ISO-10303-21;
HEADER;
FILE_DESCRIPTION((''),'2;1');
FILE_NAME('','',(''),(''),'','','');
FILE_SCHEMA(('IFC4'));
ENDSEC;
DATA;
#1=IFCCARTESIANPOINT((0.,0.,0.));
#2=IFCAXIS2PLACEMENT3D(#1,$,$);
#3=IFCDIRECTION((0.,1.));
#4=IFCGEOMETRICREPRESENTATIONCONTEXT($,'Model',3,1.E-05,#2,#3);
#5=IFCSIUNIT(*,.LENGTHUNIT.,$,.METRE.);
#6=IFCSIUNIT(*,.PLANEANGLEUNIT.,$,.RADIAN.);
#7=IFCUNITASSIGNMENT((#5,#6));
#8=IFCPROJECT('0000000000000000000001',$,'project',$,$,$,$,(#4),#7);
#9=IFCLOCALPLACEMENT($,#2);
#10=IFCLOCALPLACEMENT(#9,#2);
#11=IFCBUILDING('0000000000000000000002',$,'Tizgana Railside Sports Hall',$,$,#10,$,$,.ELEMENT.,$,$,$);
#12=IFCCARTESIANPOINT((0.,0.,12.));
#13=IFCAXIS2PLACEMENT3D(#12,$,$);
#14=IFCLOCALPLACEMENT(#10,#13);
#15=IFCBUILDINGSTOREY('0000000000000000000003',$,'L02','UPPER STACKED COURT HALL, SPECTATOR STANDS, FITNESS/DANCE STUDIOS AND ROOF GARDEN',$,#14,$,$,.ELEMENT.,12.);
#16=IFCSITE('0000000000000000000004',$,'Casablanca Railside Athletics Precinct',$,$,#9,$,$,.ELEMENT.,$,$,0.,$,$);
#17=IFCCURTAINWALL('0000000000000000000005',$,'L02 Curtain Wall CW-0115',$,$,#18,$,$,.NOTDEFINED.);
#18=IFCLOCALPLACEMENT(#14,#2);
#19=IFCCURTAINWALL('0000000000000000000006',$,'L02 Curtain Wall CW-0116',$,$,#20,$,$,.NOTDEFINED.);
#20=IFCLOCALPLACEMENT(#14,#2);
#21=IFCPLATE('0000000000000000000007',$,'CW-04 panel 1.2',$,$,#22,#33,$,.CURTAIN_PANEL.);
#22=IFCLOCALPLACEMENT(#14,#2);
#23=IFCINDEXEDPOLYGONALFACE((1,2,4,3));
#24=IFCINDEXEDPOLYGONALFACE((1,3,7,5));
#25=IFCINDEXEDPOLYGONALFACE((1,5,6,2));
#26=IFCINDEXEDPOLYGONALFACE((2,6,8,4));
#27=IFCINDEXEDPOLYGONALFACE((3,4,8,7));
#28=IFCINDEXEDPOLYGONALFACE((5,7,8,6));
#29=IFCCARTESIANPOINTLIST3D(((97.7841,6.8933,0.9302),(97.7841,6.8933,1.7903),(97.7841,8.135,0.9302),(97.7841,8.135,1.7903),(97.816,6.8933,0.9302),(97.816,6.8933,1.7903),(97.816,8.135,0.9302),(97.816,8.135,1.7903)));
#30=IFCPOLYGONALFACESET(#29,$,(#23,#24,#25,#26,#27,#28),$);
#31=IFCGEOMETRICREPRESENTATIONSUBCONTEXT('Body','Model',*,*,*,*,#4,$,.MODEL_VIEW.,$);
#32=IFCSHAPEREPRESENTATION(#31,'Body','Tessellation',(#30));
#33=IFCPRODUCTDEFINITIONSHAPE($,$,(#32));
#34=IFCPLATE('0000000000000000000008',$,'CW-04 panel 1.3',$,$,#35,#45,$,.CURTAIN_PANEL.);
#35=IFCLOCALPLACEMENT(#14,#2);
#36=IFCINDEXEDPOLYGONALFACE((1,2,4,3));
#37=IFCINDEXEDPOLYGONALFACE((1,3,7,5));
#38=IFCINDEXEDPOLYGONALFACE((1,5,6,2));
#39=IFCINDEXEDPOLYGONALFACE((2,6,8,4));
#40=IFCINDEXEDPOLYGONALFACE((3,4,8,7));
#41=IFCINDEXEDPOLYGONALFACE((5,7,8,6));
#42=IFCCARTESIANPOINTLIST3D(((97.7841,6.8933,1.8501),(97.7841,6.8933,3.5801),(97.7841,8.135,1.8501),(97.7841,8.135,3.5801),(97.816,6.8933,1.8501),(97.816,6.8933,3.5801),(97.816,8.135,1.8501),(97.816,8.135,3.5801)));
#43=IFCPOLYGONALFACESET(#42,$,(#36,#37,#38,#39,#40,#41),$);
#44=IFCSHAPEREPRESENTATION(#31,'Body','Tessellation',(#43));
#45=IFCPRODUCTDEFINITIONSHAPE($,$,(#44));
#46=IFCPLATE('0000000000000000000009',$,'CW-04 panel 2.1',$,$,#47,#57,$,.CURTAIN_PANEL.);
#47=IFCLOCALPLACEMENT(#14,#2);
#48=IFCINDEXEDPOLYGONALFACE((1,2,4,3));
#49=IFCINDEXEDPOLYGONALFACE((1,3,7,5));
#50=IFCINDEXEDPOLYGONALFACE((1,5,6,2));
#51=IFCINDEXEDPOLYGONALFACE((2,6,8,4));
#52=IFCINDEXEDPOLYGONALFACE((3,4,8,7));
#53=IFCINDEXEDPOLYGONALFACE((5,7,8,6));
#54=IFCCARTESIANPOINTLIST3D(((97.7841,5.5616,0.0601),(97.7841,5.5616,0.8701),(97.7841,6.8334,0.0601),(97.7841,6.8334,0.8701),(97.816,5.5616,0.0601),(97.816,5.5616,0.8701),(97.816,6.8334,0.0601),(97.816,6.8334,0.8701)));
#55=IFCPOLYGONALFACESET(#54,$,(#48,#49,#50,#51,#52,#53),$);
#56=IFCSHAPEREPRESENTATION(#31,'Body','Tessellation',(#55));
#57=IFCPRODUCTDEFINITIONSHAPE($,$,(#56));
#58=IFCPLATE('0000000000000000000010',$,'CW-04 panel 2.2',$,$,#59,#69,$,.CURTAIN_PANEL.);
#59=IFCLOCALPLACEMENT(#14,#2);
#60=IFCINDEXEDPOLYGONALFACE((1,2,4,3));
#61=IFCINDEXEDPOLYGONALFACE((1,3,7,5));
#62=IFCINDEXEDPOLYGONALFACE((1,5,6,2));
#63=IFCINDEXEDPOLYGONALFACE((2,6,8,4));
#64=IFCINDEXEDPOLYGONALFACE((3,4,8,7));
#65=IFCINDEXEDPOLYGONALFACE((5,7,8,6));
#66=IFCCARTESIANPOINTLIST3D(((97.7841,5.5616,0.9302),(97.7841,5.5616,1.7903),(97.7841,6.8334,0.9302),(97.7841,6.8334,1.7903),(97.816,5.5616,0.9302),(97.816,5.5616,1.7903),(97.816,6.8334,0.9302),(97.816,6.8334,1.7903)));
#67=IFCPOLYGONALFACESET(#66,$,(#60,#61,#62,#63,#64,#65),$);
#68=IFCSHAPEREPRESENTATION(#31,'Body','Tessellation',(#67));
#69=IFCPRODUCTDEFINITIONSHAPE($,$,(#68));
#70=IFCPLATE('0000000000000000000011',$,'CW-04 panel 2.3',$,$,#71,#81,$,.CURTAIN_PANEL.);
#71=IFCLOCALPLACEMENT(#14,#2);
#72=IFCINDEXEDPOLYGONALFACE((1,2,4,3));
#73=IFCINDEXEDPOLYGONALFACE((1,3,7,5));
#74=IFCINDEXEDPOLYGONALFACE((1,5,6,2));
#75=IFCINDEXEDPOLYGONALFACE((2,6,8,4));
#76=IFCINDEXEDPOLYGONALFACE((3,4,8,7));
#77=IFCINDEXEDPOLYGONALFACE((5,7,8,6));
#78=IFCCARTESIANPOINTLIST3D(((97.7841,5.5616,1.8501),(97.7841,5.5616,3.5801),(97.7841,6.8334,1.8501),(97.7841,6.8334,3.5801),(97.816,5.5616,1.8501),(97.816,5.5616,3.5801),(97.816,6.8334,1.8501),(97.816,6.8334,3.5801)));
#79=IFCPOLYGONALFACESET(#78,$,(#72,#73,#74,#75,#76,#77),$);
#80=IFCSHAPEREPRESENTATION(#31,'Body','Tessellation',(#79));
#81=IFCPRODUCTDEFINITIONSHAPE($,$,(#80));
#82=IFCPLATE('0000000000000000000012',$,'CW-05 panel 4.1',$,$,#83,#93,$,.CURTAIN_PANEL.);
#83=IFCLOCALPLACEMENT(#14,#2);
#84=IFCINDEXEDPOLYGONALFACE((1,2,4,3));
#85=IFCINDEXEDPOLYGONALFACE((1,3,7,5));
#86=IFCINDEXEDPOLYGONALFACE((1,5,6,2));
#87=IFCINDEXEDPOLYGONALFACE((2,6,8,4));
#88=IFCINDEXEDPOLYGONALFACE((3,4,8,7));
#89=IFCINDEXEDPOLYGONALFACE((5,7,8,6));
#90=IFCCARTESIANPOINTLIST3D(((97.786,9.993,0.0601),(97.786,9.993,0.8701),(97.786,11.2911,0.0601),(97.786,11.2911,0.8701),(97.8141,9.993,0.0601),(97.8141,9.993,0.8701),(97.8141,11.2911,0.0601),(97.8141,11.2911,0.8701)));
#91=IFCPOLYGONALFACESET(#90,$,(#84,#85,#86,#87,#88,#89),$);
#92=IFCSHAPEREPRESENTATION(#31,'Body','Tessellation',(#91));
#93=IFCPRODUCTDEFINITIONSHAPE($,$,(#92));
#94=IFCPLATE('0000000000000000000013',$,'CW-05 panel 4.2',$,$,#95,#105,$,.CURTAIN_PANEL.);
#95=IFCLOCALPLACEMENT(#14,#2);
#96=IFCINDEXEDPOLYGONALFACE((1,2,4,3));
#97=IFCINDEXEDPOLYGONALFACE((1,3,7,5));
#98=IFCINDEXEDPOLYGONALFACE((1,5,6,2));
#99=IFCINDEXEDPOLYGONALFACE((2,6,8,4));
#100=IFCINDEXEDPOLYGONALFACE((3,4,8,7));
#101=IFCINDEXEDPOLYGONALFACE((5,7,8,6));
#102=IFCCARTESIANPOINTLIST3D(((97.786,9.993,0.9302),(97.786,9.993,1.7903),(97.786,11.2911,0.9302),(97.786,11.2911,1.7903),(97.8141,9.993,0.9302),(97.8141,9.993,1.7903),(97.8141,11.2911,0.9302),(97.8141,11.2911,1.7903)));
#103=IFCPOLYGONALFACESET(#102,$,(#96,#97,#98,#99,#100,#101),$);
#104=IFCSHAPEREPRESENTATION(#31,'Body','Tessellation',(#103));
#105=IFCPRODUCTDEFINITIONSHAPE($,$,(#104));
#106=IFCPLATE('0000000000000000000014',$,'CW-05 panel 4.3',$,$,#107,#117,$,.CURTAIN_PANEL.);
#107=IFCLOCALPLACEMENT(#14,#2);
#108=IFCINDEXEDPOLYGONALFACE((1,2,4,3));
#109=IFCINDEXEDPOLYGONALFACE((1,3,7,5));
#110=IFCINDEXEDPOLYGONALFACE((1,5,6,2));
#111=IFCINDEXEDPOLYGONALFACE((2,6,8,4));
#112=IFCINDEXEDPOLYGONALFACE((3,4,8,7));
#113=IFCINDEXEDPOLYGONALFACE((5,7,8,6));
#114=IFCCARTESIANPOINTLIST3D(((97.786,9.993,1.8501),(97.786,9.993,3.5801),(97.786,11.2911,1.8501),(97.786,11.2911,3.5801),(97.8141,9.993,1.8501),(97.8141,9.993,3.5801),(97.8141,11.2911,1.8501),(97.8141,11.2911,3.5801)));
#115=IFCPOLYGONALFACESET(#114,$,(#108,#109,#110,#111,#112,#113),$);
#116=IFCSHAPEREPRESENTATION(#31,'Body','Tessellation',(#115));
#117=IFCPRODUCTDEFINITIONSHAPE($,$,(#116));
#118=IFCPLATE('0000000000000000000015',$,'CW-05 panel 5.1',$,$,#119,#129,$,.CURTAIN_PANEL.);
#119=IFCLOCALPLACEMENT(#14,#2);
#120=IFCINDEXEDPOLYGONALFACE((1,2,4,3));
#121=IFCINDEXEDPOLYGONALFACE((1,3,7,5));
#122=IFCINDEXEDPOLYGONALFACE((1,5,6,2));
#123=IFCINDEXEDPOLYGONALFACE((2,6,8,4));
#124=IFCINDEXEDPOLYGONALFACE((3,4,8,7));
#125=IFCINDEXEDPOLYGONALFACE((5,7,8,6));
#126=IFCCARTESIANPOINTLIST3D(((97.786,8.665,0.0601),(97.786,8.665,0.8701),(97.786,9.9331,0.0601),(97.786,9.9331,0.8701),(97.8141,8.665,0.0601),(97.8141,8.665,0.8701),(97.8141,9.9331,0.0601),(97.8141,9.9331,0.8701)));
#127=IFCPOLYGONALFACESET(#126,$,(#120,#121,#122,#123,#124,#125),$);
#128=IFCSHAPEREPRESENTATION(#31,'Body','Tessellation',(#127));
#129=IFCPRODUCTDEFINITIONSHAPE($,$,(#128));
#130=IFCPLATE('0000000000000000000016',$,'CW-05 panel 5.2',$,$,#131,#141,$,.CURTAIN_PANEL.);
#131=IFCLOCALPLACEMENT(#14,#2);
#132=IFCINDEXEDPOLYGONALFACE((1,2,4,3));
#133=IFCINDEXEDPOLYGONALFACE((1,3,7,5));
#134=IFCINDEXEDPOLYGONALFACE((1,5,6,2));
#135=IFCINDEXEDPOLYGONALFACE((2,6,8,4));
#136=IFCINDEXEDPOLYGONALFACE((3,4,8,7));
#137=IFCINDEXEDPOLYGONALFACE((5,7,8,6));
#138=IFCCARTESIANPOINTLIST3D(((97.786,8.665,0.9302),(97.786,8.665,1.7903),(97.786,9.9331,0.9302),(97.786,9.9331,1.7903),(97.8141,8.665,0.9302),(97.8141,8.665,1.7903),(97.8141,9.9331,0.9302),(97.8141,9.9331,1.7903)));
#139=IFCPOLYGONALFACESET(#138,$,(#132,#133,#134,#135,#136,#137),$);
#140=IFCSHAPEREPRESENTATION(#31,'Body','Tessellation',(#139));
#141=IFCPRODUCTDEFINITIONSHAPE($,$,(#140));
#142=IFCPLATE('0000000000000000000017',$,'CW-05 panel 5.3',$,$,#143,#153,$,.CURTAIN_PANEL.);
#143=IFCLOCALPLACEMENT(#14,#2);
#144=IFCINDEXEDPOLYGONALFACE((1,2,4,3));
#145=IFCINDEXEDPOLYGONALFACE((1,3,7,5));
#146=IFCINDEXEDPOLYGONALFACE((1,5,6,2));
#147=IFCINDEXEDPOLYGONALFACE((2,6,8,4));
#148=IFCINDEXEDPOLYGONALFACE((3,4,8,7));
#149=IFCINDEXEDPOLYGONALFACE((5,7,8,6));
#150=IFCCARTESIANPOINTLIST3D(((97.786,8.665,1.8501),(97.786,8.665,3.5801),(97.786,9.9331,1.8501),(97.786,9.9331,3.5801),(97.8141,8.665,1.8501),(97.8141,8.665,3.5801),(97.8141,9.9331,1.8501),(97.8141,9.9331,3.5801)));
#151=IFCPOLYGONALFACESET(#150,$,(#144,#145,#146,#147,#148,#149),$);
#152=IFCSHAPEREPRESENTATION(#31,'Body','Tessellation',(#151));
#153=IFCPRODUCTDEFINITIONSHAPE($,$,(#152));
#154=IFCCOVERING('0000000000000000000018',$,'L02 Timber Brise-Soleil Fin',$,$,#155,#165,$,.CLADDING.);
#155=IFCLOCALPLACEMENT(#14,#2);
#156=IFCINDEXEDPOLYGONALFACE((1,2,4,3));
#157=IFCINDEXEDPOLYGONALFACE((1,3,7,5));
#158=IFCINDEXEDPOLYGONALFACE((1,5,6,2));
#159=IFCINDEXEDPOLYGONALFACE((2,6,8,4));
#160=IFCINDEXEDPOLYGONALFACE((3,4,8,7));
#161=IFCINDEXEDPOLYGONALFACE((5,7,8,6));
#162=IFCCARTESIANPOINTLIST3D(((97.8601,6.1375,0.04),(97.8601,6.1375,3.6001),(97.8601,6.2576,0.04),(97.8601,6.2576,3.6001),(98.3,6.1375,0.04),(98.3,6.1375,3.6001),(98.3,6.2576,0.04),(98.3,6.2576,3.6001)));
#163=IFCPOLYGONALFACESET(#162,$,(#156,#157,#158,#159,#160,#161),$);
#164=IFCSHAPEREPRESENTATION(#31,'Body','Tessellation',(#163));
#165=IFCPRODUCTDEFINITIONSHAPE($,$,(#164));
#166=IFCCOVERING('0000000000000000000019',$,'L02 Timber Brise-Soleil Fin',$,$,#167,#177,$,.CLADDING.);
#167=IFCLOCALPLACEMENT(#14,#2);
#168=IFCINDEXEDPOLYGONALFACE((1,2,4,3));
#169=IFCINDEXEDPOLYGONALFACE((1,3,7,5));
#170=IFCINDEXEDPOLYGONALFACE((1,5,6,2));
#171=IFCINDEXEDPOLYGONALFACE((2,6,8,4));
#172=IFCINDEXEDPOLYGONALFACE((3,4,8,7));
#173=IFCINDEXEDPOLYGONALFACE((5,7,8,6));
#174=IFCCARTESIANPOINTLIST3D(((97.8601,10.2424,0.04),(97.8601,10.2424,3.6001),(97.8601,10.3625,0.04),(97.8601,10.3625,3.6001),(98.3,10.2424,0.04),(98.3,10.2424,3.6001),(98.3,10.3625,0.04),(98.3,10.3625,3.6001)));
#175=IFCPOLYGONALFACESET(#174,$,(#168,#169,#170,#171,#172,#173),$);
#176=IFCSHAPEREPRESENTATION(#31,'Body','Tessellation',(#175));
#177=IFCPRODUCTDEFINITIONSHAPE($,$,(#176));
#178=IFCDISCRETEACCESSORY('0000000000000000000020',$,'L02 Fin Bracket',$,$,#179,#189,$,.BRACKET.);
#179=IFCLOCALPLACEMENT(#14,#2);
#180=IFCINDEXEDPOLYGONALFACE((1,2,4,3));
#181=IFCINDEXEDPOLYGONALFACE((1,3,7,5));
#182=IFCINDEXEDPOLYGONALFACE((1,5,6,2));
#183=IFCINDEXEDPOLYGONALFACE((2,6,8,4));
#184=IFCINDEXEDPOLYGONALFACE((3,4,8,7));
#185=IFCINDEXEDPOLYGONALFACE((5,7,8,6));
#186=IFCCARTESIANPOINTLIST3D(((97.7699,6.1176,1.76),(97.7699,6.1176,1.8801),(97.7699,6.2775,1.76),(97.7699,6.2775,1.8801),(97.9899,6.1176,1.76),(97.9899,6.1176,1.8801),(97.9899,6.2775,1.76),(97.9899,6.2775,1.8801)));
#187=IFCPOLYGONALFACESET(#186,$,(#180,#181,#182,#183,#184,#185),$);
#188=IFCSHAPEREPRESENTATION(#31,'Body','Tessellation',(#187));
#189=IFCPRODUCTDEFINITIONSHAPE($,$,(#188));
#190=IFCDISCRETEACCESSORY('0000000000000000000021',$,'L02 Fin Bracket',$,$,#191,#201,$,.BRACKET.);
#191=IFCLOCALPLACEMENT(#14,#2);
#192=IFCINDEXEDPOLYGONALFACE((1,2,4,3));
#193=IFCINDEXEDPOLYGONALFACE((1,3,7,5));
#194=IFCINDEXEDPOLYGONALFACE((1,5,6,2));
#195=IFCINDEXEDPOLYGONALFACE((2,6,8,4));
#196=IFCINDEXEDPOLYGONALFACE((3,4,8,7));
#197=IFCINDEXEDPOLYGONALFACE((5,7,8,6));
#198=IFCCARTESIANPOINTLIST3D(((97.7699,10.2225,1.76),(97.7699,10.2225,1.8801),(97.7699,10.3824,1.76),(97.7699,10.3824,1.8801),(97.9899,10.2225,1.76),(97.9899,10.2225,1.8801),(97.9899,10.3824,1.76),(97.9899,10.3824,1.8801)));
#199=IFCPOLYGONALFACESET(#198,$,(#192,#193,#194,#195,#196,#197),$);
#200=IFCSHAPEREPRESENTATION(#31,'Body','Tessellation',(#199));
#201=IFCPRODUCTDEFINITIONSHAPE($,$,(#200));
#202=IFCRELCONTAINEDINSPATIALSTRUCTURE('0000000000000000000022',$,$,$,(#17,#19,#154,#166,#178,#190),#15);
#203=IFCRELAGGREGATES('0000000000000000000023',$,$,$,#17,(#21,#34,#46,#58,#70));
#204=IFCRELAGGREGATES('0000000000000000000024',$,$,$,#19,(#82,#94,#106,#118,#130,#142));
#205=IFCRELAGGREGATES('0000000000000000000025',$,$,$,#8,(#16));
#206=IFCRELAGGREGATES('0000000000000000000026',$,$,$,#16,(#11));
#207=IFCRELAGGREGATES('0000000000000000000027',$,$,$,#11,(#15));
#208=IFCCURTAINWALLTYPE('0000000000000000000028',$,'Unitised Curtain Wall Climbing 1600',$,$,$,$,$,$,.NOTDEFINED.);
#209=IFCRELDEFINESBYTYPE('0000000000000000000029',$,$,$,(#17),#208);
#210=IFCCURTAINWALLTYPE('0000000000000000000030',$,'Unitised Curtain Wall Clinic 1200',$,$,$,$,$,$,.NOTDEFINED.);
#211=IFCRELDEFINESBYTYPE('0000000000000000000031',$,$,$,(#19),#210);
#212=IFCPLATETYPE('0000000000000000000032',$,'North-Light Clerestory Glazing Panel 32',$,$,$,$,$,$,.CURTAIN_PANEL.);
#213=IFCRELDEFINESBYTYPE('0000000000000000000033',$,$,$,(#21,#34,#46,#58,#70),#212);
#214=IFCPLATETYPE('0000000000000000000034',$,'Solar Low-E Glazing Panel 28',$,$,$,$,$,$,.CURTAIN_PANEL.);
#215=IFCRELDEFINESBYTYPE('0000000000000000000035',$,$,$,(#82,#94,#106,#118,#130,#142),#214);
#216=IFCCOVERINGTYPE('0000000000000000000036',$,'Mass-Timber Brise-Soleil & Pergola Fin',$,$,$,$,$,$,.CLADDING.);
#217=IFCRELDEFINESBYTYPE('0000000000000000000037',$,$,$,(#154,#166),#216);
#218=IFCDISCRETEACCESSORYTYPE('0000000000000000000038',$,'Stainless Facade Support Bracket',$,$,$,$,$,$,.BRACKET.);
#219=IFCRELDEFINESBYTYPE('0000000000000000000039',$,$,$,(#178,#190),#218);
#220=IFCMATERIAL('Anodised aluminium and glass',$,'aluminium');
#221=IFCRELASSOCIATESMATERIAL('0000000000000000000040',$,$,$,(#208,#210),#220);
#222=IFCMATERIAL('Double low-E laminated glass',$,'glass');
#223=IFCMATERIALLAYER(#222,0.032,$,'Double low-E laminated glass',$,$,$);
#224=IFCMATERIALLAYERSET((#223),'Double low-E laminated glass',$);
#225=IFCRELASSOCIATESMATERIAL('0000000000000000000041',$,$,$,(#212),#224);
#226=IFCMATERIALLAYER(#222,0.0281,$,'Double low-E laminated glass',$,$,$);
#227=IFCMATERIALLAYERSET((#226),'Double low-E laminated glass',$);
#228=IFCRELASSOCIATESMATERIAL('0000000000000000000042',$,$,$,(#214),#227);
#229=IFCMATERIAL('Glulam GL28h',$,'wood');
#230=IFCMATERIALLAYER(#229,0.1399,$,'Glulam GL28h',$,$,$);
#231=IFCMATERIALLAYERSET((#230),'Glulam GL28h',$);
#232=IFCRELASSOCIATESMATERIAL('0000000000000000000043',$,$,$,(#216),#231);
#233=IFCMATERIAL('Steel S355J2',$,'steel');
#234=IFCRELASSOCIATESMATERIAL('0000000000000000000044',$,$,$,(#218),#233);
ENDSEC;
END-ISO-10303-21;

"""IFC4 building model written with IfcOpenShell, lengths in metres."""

from ifc_helpers import new_model, si_unit, direction, frame, origin, origin_2d, place, context, subcontext, project, spatial, rectangle, extrude, material, layer, layer_set, type_object, element, aggregate, save


model = new_model("IFC4")

# Units and contexts
model_context = context("Model", 3, precision=1e-05, world=origin(), true_north=direction((0.0, 1.0)))
body_context = subcontext(model_context, "Body", "Model", "MODEL_VIEW")
ifc_project = project(units=[si_unit("LENGTHUNIT", "METRE"), si_unit("PLANEANGLEUNIT", "RADIAN")], contexts=[model_context])

# Site, building, storey
site_placement = place(None, origin())
site = spatial("IfcSite", under=ifc_project, at=site_placement, Name="Casablanca Railside Athletics Precinct", CompositionType="ELEMENT", RefElevation=0.0)
building_placement = place(site_placement, origin())
building = spatial("IfcBuilding", under=site, at=building_placement, Name="Tizgana Railside Sports Hall", CompositionType="ELEMENT")
storey_placement = place(building_placement, frame((0.0, 0.0, 12.0)))
storey = spatial("IfcBuildingStorey", under=building, at=storey_placement, Name="L02", Description="UPPER STACKED COURT HALL, SPECTATOR STANDS, FITNESS/DANCE STUDIOS AND ROOF GARDEN", CompositionType="ELEMENT", Elevation=12.0)

# Shared definitions
ifc_material_1 = material(Name="Steel S355J2", Category="steel")

# Curtain walls
ifc_material_2 = material(Name="Anodised aluminium and glass", Category="aluminium")
curtain_wall_type_1 = type_object("IfcCurtainWallType", Name="Unitised Curtain Wall Climbing 1600", PredefinedType="NOTDEFINED", material=ifc_material_2)
curtain_wall_1_placement = place(storey_placement, origin())
curtain_wall_1 = element("IfcCurtainWall", 1, at=curtain_wall_1_placement, inside=storey, type_object=curtain_wall_type_1, Name="L02 Curtain Wall CW-0115", PredefinedType="NOTDEFINED")
curtain_wall_type_2 = type_object("IfcCurtainWallType", Name="Unitised Curtain Wall Clinic 1200", PredefinedType="NOTDEFINED", material=ifc_material_2)
curtain_wall_2_placement = place(storey_placement, origin())
curtain_wall_2 = element("IfcCurtainWall", 2, at=curtain_wall_2_placement, inside=storey, type_object=curtain_wall_type_2, Name="L02 Curtain Wall CW-0116", PredefinedType="NOTDEFINED")

# Plates
ifc_material_3 = material(Name="Double low-E laminated glass", Category="glass")
ifc_layer_1 = layer(ifc_material_3, 0.032, Name="Double low-E laminated glass")
ifc_layer_set_1 = layer_set([ifc_layer_1], Name="Double low-E laminated glass")
plate_type_1 = type_object("IfcPlateType", Name="North-Light Clerestory Glazing Panel 32", PredefinedType="CURTAIN_PANEL", material=ifc_layer_set_1)
plate_1_placement = place(storey_placement, frame((97.8, 7.5142, 0.9302), z_axis=(0.0, 0.0, 1.0), x_axis=(0.0, -1.0, 0.0)))
plate_1 = element("IfcPlate", 3, at=plate_1_placement, type_object=plate_type_1, Name="CW-04 panel 1.2", PredefinedType="CURTAIN_PANEL", context=body_context, shape_type="SweptSolid", body=[
    extrude(rectangle(XDim=1.2417, YDim=0.032, at=origin_2d()), origin(), (0.0, 0.0, 1.0), 0.8601),
])
plate_2_placement = place(storey_placement, frame((97.8, 7.5142, 1.8501), z_axis=(0.0, 0.0, 1.0), x_axis=(0.0, -1.0, 0.0)))
plate_2 = element("IfcPlate", 4, at=plate_2_placement, type_object=plate_type_1, Name="CW-04 panel 1.3", PredefinedType="CURTAIN_PANEL", context=body_context, shape_type="SweptSolid", body=[
    extrude(rectangle(XDim=1.2417, YDim=0.032, at=origin_2d()), origin(), (0.0, 0.0, 1.0), 1.73),
])
plate_3_placement = place(storey_placement, frame((97.8, 6.1975, 0.0601), z_axis=(0.0, 0.0, 1.0), x_axis=(0.0, -1.0, 0.0)))
plate_3 = element("IfcPlate", 5, at=plate_3_placement, type_object=plate_type_1, Name="CW-04 panel 2.1", PredefinedType="CURTAIN_PANEL", context=body_context, shape_type="SweptSolid", body=[
    extrude(rectangle(XDim=1.2717, YDim=0.032, at=origin_2d()), origin(), (0.0, 0.0, 1.0), 0.8101),
])
plate_4_placement = place(storey_placement, frame((97.8, 6.1975, 0.9302), z_axis=(0.0, 0.0, 1.0), x_axis=(0.0, -1.0, 0.0)))
plate_4 = element("IfcPlate", 6, at=plate_4_placement, type_object=plate_type_1, Name="CW-04 panel 2.2", PredefinedType="CURTAIN_PANEL", context=body_context, shape_type="SweptSolid", body=[
    extrude(rectangle(XDim=1.2717, YDim=0.032, at=origin_2d()), origin(), (0.0, 0.0, 1.0), 0.8601),
])
plate_5_placement = place(storey_placement, frame((97.8, 6.1975, 1.8501), z_axis=(0.0, 0.0, 1.0), x_axis=(0.0, -1.0, 0.0)))
plate_5 = element("IfcPlate", 7, at=plate_5_placement, type_object=plate_type_1, Name="CW-04 panel 2.3", PredefinedType="CURTAIN_PANEL", context=body_context, shape_type="SweptSolid", body=[
    extrude(rectangle(XDim=1.2717, YDim=0.032, at=origin_2d()), origin(), (0.0, 0.0, 1.0), 1.73),
])
aggregate(curtain_wall_1, [plate_1, plate_2, plate_3, plate_4, plate_5])
ifc_layer_2 = layer(ifc_material_3, 0.0281, Name="Double low-E laminated glass")
ifc_layer_set_2 = layer_set([ifc_layer_2], Name="Double low-E laminated glass")
plate_type_2 = type_object("IfcPlateType", Name="Solar Low-E Glazing Panel 28", PredefinedType="CURTAIN_PANEL", material=ifc_layer_set_2)
plate_6_placement = place(storey_placement, frame((97.8, 10.6421, 0.0601), z_axis=(0.0, 0.0, 1.0), x_axis=(0.0, -1.0, 0.0)))
plate_6 = element("IfcPlate", 8, at=plate_6_placement, type_object=plate_type_2, Name="CW-05 panel 4.1", PredefinedType="CURTAIN_PANEL", context=body_context, shape_type="SweptSolid", body=[
    extrude(rectangle(XDim=1.2981, YDim=0.0281, at=origin_2d()), origin(), (0.0, 0.0, 1.0), 0.8101),
])
plate_7_placement = place(storey_placement, frame((97.8, 10.6421, 0.9302), z_axis=(0.0, 0.0, 1.0), x_axis=(0.0, -1.0, 0.0)))
plate_7 = element("IfcPlate", 9, at=plate_7_placement, type_object=plate_type_2, Name="CW-05 panel 4.2", PredefinedType="CURTAIN_PANEL", context=body_context, shape_type="SweptSolid", body=[
    extrude(rectangle(XDim=1.2981, YDim=0.0281, at=origin_2d()), origin(), (0.0, 0.0, 1.0), 0.8601),
])
plate_8_placement = place(storey_placement, frame((97.8, 10.6421, 1.8501), z_axis=(0.0, 0.0, 1.0), x_axis=(0.0, -1.0, 0.0)))
plate_8 = element("IfcPlate", 10, at=plate_8_placement, type_object=plate_type_2, Name="CW-05 panel 4.3", PredefinedType="CURTAIN_PANEL", context=body_context, shape_type="SweptSolid", body=[
    extrude(rectangle(XDim=1.2981, YDim=0.0281, at=origin_2d()), origin(), (0.0, 0.0, 1.0), 1.73),
])
plate_9_placement = place(storey_placement, frame((97.8, 9.2991, 0.0601), z_axis=(0.0, 0.0, 1.0), x_axis=(0.0, -1.0, 0.0)))
plate_9 = element("IfcPlate", 11, at=plate_9_placement, type_object=plate_type_2, Name="CW-05 panel 5.1", PredefinedType="CURTAIN_PANEL", context=body_context, shape_type="SweptSolid", body=[
    extrude(rectangle(XDim=1.2681, YDim=0.0281, at=origin_2d()), origin(), (0.0, 0.0, 1.0), 0.8101),
])
plate_10_placement = place(storey_placement, frame((97.8, 9.2991, 0.9302), z_axis=(0.0, 0.0, 1.0), x_axis=(0.0, -1.0, 0.0)))
plate_10 = element("IfcPlate", 12, at=plate_10_placement, type_object=plate_type_2, Name="CW-05 panel 5.2", PredefinedType="CURTAIN_PANEL", context=body_context, shape_type="SweptSolid", body=[
    extrude(rectangle(XDim=1.2681, YDim=0.0281, at=origin_2d()), origin(), (0.0, 0.0, 1.0), 0.8601),
])
plate_11_placement = place(storey_placement, frame((97.8, 9.2991, 1.8501), z_axis=(0.0, 0.0, 1.0), x_axis=(0.0, -1.0, 0.0)))
plate_11 = element("IfcPlate", 13, at=plate_11_placement, type_object=plate_type_2, Name="CW-05 panel 5.3", PredefinedType="CURTAIN_PANEL", context=body_context, shape_type="SweptSolid", body=[
    extrude(rectangle(XDim=1.2681, YDim=0.0281, at=origin_2d()), origin(), (0.0, 0.0, 1.0), 1.73),
])
aggregate(curtain_wall_2, [plate_6, plate_7, plate_8, plate_9, plate_10, plate_11])

# Coverings
ifc_material_4 = material(Name="Glulam GL28h", Category="wood")
ifc_layer_3 = layer(ifc_material_4, 0.1399, Name="Glulam GL28h")
ifc_layer_set_3 = layer_set([ifc_layer_3], Name="Glulam GL28h")
covering_type = type_object("IfcCoveringType", Name="Mass-Timber Brise-Soleil & Pergola Fin", PredefinedType="CLADDING", material=ifc_layer_set_3)
for number, where, z_axis, x_axis, name in (
    (14, (98.0801, 6.1975, 0.04), (0.0, 0.0, 1.0), (0.0, -1.0, 0.0), "L02 Timber Brise-Soleil Fin"),
    (15, (98.0801, 10.3025, 0.04), (0.0, 0.0, 1.0), (0.0, -1.0, 0.0), "L02 Timber Brise-Soleil Fin"),
):
    element("IfcCovering", number, at=place(storey_placement, frame(where, z_axis=z_axis, x_axis=x_axis)), inside=storey, type_object=covering_type, Name=name, PredefinedType="CLADDING", context=body_context, shape_type="SweptSolid", body=[
        extrude(rectangle(XDim=0.1201, YDim=0.4399, at=origin_2d()), origin(), (0.0, 0.0, 1.0), 3.5601),
    ])

# Discrete accessories
discrete_accessory_type = type_object("IfcDiscreteAccessoryType", Name="Stainless Facade Support Bracket", PredefinedType="BRACKET", material=ifc_material_1)
for number, where, z_axis, x_axis, name in (
    (16, (97.8799, 6.1975, 1.76), (0.0, 0.0, 1.0), (0.0, -1.0, 0.0), "L02 Fin Bracket"),
    (17, (97.8799, 10.3025, 1.76), (0.0, 0.0, 1.0), (0.0, -1.0, 0.0), "L02 Fin Bracket"),
):
    element("IfcDiscreteAccessory", number, at=place(storey_placement, frame(where, z_axis=z_axis, x_axis=x_axis)), inside=storey, type_object=discrete_accessory_type, Name=name, PredefinedType="BRACKET", context=body_context, shape_type="SweptSolid", body=[
        extrude(rectangle(XDim=0.1599, YDim=0.22, at=origin_2d()), origin(), (0.0, 0.0, 1.0), 0.1201),
    ])

save(model, "model.ifc")
